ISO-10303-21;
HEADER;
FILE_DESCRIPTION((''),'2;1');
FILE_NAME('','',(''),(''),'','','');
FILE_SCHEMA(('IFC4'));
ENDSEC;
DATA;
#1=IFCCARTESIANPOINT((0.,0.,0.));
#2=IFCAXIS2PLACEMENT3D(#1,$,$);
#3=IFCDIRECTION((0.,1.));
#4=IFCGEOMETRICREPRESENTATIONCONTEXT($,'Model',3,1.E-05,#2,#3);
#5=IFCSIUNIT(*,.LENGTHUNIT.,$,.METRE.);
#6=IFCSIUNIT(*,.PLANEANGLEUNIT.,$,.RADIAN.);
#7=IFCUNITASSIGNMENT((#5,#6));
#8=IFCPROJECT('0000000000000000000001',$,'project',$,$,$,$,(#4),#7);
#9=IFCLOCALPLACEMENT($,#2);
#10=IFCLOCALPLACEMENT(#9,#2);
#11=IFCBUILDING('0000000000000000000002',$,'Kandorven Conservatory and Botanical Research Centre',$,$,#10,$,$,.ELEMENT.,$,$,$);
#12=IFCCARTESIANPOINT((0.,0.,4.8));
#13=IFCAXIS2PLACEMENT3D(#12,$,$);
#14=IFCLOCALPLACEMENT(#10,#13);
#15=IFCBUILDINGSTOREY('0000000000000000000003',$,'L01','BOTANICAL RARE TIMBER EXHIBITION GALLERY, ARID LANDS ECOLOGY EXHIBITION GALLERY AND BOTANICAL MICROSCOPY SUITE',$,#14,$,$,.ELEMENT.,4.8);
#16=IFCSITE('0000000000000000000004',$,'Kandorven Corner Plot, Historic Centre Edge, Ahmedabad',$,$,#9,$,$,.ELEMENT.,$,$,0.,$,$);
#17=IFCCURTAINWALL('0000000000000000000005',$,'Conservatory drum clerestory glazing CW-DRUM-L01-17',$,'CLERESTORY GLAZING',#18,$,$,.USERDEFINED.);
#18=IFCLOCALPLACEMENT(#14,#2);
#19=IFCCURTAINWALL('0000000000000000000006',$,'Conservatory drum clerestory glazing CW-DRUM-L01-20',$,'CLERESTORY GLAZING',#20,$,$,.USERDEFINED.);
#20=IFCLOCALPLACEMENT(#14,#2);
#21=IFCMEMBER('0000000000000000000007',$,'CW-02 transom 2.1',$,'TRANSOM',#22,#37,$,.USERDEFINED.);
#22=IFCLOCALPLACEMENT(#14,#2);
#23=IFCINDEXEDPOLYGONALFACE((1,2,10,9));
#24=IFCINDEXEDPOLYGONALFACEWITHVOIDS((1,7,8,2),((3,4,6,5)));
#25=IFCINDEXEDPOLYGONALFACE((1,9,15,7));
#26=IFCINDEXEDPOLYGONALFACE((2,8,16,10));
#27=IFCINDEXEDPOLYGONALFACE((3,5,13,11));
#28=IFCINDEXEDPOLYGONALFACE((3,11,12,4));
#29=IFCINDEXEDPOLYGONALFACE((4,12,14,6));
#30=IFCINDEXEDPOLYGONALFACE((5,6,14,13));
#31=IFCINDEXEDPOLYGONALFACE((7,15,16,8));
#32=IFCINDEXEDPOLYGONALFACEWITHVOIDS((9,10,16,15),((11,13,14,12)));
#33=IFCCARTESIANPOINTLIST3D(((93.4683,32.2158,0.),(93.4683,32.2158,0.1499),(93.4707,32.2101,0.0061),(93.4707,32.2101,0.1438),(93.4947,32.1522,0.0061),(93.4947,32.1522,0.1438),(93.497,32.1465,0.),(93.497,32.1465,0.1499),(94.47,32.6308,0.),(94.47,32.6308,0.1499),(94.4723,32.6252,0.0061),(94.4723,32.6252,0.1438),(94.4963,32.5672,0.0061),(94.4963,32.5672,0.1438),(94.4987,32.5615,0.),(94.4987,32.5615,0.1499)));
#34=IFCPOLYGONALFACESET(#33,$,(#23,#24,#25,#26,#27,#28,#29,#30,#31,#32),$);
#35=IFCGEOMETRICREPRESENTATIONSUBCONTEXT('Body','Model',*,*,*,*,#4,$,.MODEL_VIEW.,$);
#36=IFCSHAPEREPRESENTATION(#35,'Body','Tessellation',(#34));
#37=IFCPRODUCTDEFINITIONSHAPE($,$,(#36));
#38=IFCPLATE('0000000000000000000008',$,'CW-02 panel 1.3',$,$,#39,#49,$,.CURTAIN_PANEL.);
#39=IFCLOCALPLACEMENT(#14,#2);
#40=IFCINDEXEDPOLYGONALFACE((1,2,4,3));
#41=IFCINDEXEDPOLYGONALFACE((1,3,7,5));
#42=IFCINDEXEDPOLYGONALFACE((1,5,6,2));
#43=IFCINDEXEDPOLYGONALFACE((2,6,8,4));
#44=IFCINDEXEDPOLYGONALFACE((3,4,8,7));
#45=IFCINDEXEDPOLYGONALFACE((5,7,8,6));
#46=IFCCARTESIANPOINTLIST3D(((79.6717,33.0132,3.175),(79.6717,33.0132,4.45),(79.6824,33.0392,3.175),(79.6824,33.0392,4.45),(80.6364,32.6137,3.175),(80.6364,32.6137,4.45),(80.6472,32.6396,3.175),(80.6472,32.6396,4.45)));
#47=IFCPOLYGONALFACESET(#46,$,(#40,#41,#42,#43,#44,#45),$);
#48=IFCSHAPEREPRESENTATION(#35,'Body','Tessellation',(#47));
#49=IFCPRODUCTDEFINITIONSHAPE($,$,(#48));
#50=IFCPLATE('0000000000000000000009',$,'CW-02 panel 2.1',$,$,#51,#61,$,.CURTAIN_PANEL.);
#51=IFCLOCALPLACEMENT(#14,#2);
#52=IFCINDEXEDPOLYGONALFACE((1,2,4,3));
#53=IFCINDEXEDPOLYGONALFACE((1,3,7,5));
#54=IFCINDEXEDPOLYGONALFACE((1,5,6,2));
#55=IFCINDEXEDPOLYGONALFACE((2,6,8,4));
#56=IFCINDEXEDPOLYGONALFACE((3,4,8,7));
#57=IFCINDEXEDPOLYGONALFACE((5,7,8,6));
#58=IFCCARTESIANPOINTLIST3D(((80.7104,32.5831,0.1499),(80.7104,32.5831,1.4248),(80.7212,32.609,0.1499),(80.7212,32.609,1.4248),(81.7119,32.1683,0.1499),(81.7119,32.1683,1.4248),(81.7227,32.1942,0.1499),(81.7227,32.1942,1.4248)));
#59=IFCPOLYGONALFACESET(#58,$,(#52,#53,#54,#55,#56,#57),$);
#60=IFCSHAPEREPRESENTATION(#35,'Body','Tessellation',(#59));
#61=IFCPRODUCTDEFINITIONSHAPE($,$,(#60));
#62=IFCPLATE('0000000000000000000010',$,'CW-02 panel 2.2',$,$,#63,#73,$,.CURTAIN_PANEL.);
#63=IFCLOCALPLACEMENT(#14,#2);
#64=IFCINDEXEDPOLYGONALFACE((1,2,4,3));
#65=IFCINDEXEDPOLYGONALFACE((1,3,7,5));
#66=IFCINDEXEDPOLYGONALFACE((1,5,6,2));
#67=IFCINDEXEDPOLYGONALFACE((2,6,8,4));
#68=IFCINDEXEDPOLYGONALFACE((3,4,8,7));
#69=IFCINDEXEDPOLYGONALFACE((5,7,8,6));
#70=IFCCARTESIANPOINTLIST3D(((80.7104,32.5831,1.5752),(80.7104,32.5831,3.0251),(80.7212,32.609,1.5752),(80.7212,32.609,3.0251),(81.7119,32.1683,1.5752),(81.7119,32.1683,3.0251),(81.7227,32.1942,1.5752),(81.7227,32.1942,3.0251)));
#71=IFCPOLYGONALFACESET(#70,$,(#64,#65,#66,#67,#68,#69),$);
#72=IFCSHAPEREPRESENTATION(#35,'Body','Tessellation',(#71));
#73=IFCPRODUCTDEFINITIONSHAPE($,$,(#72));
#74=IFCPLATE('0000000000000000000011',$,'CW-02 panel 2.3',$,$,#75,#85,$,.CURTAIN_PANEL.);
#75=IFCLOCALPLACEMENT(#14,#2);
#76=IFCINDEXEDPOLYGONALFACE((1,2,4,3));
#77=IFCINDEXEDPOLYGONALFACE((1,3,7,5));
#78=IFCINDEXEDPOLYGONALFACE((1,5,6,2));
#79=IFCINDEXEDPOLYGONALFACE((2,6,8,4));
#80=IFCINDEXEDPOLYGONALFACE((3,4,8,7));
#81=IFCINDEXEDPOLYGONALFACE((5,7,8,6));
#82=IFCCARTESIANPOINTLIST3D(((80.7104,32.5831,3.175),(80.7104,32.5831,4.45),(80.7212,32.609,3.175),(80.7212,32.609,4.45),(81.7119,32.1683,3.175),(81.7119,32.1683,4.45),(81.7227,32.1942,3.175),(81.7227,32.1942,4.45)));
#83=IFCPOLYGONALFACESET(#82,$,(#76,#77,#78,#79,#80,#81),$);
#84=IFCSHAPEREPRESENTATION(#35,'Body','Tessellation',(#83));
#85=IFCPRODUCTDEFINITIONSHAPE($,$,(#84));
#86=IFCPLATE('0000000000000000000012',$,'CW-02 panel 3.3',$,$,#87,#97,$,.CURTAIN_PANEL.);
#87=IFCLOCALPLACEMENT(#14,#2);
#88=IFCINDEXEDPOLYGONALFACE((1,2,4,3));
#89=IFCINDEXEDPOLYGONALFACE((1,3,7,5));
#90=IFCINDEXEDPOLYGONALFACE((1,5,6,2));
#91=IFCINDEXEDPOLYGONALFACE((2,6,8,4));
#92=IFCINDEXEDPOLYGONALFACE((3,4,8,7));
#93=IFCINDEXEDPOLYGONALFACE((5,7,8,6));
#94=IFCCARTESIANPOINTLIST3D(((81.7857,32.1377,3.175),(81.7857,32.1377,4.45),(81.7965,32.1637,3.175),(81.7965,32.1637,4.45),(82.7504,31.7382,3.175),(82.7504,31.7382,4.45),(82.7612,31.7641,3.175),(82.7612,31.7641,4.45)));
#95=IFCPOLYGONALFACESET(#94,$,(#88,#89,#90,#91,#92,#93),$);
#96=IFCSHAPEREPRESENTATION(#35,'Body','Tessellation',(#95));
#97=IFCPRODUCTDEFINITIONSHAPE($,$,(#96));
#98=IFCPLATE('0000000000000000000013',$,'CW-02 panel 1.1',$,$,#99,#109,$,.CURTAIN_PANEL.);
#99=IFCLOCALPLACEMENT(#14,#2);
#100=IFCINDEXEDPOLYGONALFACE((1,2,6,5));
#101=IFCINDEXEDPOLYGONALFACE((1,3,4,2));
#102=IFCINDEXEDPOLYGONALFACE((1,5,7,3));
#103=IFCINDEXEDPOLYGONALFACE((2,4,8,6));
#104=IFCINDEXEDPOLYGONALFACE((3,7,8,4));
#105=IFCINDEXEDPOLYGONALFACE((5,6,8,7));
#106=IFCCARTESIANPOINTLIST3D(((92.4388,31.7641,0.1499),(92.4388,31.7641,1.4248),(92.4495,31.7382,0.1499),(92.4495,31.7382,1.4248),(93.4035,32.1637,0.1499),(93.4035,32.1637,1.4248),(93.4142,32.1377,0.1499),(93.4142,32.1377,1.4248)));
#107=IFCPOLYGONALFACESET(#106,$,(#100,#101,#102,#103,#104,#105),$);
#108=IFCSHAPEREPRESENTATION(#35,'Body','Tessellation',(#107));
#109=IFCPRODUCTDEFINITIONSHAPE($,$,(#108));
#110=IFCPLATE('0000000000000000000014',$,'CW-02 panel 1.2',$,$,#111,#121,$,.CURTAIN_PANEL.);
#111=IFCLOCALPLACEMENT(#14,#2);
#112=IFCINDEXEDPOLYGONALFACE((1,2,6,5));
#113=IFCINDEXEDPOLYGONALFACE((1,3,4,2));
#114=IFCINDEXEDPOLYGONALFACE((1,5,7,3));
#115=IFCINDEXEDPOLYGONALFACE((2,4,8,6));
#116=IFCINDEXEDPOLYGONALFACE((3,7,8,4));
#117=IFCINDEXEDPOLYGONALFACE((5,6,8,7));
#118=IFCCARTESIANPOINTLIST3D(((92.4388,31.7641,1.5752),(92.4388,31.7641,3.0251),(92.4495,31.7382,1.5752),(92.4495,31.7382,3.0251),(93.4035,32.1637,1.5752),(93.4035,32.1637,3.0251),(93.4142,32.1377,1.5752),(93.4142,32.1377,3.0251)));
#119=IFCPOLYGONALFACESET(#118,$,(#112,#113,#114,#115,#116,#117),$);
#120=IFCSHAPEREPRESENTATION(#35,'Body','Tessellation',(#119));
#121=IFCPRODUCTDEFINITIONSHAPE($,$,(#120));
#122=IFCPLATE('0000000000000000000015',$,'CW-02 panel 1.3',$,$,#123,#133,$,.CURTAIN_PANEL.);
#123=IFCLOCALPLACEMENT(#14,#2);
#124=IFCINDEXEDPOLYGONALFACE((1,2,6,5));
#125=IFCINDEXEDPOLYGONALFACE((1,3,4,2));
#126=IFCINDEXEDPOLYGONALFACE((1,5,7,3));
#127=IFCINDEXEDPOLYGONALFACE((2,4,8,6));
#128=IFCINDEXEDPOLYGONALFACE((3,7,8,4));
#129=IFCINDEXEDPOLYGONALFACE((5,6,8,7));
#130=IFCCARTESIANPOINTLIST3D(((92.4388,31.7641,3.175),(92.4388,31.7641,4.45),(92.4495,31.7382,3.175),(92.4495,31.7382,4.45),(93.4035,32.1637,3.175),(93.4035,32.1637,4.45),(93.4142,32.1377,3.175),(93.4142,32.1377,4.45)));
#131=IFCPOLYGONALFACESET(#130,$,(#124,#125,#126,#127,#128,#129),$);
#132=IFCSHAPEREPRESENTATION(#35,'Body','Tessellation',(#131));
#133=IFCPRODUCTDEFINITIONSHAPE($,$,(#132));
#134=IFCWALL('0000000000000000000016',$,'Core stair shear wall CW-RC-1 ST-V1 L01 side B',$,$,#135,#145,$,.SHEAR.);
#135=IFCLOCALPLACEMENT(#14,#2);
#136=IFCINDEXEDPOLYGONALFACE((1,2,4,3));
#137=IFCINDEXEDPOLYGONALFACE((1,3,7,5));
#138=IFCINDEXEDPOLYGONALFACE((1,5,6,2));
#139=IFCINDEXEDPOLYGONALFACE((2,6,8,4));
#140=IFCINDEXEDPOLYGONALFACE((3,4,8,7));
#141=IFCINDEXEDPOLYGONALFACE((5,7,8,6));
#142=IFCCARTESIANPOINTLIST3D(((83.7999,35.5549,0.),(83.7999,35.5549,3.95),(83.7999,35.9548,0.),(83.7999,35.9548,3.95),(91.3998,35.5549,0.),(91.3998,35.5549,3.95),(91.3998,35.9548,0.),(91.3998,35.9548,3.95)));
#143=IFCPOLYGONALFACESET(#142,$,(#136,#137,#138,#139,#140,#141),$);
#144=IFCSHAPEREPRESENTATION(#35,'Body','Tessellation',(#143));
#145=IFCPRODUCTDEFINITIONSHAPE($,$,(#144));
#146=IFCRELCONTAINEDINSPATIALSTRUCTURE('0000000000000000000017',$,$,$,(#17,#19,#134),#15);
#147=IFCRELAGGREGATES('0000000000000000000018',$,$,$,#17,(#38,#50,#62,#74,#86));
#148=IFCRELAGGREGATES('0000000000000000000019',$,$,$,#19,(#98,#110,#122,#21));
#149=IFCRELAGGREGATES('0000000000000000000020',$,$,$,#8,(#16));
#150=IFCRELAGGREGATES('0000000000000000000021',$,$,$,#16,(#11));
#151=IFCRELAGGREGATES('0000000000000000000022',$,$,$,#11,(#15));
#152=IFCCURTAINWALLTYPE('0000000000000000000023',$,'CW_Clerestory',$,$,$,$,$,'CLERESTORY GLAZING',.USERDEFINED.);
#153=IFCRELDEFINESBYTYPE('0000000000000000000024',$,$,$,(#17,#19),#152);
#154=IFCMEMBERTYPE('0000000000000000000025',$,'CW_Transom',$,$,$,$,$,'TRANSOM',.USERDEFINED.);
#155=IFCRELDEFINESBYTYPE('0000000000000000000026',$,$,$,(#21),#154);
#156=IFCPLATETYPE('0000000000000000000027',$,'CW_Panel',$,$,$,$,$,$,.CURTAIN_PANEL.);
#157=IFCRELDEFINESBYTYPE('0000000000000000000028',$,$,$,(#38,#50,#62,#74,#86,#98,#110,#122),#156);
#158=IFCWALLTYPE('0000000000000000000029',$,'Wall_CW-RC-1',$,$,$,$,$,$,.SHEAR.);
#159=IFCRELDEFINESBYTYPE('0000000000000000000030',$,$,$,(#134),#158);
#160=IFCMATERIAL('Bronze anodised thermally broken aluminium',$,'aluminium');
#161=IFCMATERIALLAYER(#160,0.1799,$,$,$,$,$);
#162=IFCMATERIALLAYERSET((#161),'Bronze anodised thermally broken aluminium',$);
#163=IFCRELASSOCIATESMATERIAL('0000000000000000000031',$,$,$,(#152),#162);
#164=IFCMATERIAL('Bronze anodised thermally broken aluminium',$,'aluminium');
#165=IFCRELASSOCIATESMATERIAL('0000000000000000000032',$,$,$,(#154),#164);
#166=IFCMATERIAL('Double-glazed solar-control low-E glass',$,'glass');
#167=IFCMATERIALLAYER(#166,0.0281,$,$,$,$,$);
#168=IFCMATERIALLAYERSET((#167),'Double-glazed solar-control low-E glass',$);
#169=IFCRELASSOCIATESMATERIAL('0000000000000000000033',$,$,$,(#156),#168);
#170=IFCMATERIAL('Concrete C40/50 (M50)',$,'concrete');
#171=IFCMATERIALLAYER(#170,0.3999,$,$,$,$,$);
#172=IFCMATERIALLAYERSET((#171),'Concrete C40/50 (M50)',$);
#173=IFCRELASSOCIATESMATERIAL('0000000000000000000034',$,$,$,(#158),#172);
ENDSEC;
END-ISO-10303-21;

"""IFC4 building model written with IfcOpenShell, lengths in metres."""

from ifc_helpers import new_model, si_unit, direction, frame, frame_2d, origin, origin_2d, place, context, subcontext, project, spatial, rectangle, hollow_rectangle, extrude, material, layer, layer_set, material_profile, profile_set, type_object, element, aggregate, save


model = new_model("IFC4")

# Units and contexts
model_context = context("Model", 3, precision=1e-05, world=origin(), true_north=direction((0.0, 1.0)))
body_context = subcontext(model_context, "Body", "Model", "MODEL_VIEW")
ifc_project = project(units=[si_unit("LENGTHUNIT", "METRE"), si_unit("PLANEANGLEUNIT", "RADIAN")], contexts=[model_context])

# Site, building, storey
site_placement = place(None, origin())
site = spatial("IfcSite", under=ifc_project, at=site_placement, Name="Kandorven Corner Plot, Historic Centre Edge, Ahmedabad", CompositionType="ELEMENT", RefElevation=0.0)
building_placement = place(site_placement, origin())
building = spatial("IfcBuilding", under=site, at=building_placement, Name="Kandorven Conservatory and Botanical Research Centre", CompositionType="ELEMENT")
storey_placement = place(building_placement, frame((0.0, 0.0, 4.8)))
storey = spatial("IfcBuildingStorey", under=building, at=storey_placement, Name="L01", Description="BOTANICAL RARE TIMBER EXHIBITION GALLERY, ARID LANDS ECOLOGY EXHIBITION GALLERY AND BOTANICAL MICROSCOPY SUITE", CompositionType="ELEMENT", Elevation=4.8)

# Curtain wall
ifc_material_1 = material(Name="Bronze anodised thermally broken aluminium", Category="aluminium")
ifc_layer_1 = layer(ifc_material_1, 0.1799)
ifc_layer_set_1 = layer_set([ifc_layer_1], Name="Bronze anodised thermally broken aluminium")
curtain_wall_type = type_object("IfcCurtainWallType", Name="CW_Clerestory", ElementType="CLERESTORY GLAZING", PredefinedType="USERDEFINED", material=ifc_layer_set_1)
curtain_wall_1_placement = place(storey_placement, origin())
curtain_wall_1 = element("IfcCurtainWall", 1, at=curtain_wall_1_placement, inside=storey, type_object=curtain_wall_type, Name="Conservatory drum clerestory glazing CW-DRUM-L01-17", ObjectType="CLERESTORY GLAZING", PredefinedType="USERDEFINED")

# Curtain wall
curtain_wall_2_placement = place(storey_placement, origin())
curtain_wall_2 = element("IfcCurtainWall", 2, at=curtain_wall_2_placement, inside=storey, type_object=curtain_wall_type, Name="Conservatory drum clerestory glazing CW-DRUM-L01-20", ObjectType="CLERESTORY GLAZING", PredefinedType="USERDEFINED")

# Member
ifc_material_2 = material(Name="Bronze anodised thermally broken aluminium", Category="aluminium")
ifc_material_profile_1 = material_profile(ifc_material_2, hollow_rectangle(XDim=0.075, YDim=0.1499, WallThickness=0.0061, at=origin_2d()))
ifc_profile_set_1 = profile_set([ifc_material_profile_1], Name="Bronze anodised thermally broken aluminium")
member_type_1 = type_object("IfcMemberType", Name="CW_Transom", ElementType="TRANSOM", PredefinedType="USERDEFINED", material=ifc_profile_set_1)
member_1_placement = place(storey_placement, frame((93.4827, 32.1812, 0.075), z_axis=(0.923841, 0.382776, 0.0), x_axis=(-0.382776, 0.923841, 0.0)))
member_1 = element("IfcMember", 3, at=member_1_placement, type_object=member_type_1, Name="CW-02 transom 2.1", ObjectType="TRANSOM", PredefinedType="USERDEFINED", context=body_context, shape_type="SweptSolid", body=[
    extrude(hollow_rectangle(XDim=0.075, YDim=0.1499, WallThickness=0.0061, at=origin_2d()), origin(), (0.0, 0.0, 1.0), 1.0842),
])

# Plates
ifc_material_3 = material(Name="Double-glazed solar-control low-E glass", Category="glass")
ifc_layer_2 = layer(ifc_material_3, 0.0281)
ifc_layer_set_2 = layer_set([ifc_layer_2], Name="Double-glazed solar-control low-E glass")
plate_type = type_object("IfcPlateType", Name="CW_Panel", PredefinedType="CURTAIN_PANEL", material=ifc_layer_set_2)
plate_1_placement = place(storey_placement, frame((80.1594, 32.8264, 3.175), z_axis=(0.0, 0.0, 1.0), x_axis=(0.923886, -0.382669, 0.0)))
plate_1 = element("IfcPlate", 4, at=plate_1_placement, type_object=plate_type, Name="CW-02 panel 1.3", PredefinedType="CURTAIN_PANEL", context=body_context, shape_type="SweptSolid", body=[
    extrude(rectangle(XDim=1.0442, YDim=0.0281, at=origin_2d()), origin(), (0.0, 0.0, 1.0), 1.2749),
])
plate_2_placement = place(storey_placement, frame((81.2166, 32.3887, 0.1499), z_axis=(0.0, 0.0, 1.0), x_axis=(0.923886, -0.382669, 0.0)))
plate_2 = element("IfcPlate", 5, at=plate_2_placement, type_object=plate_type, Name="CW-02 panel 2.1", PredefinedType="CURTAIN_PANEL", context=body_context, shape_type="SweptSolid", body=[
    extrude(rectangle(XDim=1.084, YDim=0.0281, at=origin_2d()), origin(), (0.0, 0.0, 1.0), 1.2749),
])
plate_3_placement = place(storey_placement, frame((81.2166, 32.3887, 1.5752), z_axis=(0.0, 0.0, 1.0), x_axis=(0.923886, -0.382669, 0.0)))
plate_3 = element("IfcPlate", 6, at=plate_3_placement, type_object=plate_type, Name="CW-02 panel 2.2", PredefinedType="CURTAIN_PANEL", context=body_context, shape_type="SweptSolid", body=[
    extrude(rectangle(XDim=1.084, YDim=0.0281, at=origin_2d()), origin(), (0.0, 0.0, 1.0), 1.45),
])
plate_4_placement = place(storey_placement, frame((81.2166, 32.3887, 3.175), z_axis=(0.0, 0.0, 1.0), x_axis=(0.923886, -0.382669, 0.0)))
plate_4 = element("IfcPlate", 7, at=plate_4_placement, type_object=plate_type, Name="CW-02 panel 2.3", PredefinedType="CURTAIN_PANEL", context=body_context, shape_type="SweptSolid", body=[
    extrude(rectangle(XDim=1.084, YDim=0.0281, at=origin_2d()), origin(), (0.0, 0.0, 1.0), 1.2749),
])
plate_5_placement = place(storey_placement, frame((82.2734, 31.9509, 3.175), z_axis=(0.0, 0.0, 1.0), x_axis=(0.923886, -0.382669, 0.0)))
plate_5 = element("IfcPlate", 8, at=plate_5_placement, type_object=plate_type, Name="CW-02 panel 3.3", PredefinedType="CURTAIN_PANEL", context=body_context, shape_type="SweptSolid", body=[
    extrude(rectangle(XDim=1.0442, YDim=0.0281, at=origin_2d()), origin(), (0.0, 0.0, 1.0), 1.2749),
])
aggregate(curtain_wall_1, [plate_1, plate_2, plate_3, plate_4, plate_5])
plate_6_placement = place(storey_placement, frame((92.9265, 31.9509, 0.1499), z_axis=(0.0, 0.0, 1.0), x_axis=(0.923886, 0.382669, 0.0)))
plate_6 = element("IfcPlate", 9, at=plate_6_placement, type_object=plate_type, Name="CW-02 panel 1.1", PredefinedType="CURTAIN_PANEL", context=body_context, shape_type="SweptSolid", body=[
    extrude(rectangle(XDim=1.0442, YDim=0.0281, at=origin_2d()), origin(), (0.0, 0.0, 1.0), 1.2749),
])
plate_7_placement = place(storey_placement, frame((92.9265, 31.9509, 1.5752), z_axis=(0.0, 0.0, 1.0), x_axis=(0.923886, 0.382669, 0.0)))
plate_7 = element("IfcPlate", 10, at=plate_7_placement, type_object=plate_type, Name="CW-02 panel 1.2", PredefinedType="CURTAIN_PANEL", context=body_context, shape_type="SweptSolid", body=[
    extrude(rectangle(XDim=1.0442, YDim=0.0281, at=origin_2d()), origin(), (0.0, 0.0, 1.0), 1.45),
])
plate_8_placement = place(storey_placement, frame((92.9265, 31.9509, 3.175), z_axis=(0.0, 0.0, 1.0), x_axis=(0.923886, 0.382669, 0.0)))
plate_8 = element("IfcPlate", 11, at=plate_8_placement, type_object=plate_type, Name="CW-02 panel 1.3", PredefinedType="CURTAIN_PANEL", context=body_context, shape_type="SweptSolid", body=[
    extrude(rectangle(XDim=1.0442, YDim=0.0281, at=origin_2d()), origin(), (0.0, 0.0, 1.0), 1.2749),
])
aggregate(curtain_wall_2, [plate_6, plate_7, plate_8, member_1])

# Wall
ifc_material_4 = material(Name="Concrete C40/50 (M50)", Category="concrete")
ifc_layer_3 = layer(ifc_material_4, 0.3999)
ifc_layer_set_3 = layer_set([ifc_layer_3], Name="Concrete C40/50 (M50)")
wall_type = type_object("IfcWallType", Name="Wall_CW-RC-1", PredefinedType="SHEAR", material=ifc_layer_set_3)
wall_placement = place(storey_placement, frame((83.8, 35.7549, 0.0), z_axis=(0.0, 0.0, 1.0), x_axis=(1.0, 0.0, 0.0)))
element("IfcWall", 12, at=wall_placement, inside=storey, type_object=wall_type, Name="Core stair shear wall CW-RC-1 ST-V1 L01 side B", PredefinedType="SHEAR", context=body_context, shape_type="SweptSolid", body=[
    extrude(rectangle(XDim=7.5999, YDim=0.3999, at=frame_2d((3.7998, 0.0))), origin(), (0.0, 0.0, 1.0), 3.95),
])

save(model, "model.ifc")
